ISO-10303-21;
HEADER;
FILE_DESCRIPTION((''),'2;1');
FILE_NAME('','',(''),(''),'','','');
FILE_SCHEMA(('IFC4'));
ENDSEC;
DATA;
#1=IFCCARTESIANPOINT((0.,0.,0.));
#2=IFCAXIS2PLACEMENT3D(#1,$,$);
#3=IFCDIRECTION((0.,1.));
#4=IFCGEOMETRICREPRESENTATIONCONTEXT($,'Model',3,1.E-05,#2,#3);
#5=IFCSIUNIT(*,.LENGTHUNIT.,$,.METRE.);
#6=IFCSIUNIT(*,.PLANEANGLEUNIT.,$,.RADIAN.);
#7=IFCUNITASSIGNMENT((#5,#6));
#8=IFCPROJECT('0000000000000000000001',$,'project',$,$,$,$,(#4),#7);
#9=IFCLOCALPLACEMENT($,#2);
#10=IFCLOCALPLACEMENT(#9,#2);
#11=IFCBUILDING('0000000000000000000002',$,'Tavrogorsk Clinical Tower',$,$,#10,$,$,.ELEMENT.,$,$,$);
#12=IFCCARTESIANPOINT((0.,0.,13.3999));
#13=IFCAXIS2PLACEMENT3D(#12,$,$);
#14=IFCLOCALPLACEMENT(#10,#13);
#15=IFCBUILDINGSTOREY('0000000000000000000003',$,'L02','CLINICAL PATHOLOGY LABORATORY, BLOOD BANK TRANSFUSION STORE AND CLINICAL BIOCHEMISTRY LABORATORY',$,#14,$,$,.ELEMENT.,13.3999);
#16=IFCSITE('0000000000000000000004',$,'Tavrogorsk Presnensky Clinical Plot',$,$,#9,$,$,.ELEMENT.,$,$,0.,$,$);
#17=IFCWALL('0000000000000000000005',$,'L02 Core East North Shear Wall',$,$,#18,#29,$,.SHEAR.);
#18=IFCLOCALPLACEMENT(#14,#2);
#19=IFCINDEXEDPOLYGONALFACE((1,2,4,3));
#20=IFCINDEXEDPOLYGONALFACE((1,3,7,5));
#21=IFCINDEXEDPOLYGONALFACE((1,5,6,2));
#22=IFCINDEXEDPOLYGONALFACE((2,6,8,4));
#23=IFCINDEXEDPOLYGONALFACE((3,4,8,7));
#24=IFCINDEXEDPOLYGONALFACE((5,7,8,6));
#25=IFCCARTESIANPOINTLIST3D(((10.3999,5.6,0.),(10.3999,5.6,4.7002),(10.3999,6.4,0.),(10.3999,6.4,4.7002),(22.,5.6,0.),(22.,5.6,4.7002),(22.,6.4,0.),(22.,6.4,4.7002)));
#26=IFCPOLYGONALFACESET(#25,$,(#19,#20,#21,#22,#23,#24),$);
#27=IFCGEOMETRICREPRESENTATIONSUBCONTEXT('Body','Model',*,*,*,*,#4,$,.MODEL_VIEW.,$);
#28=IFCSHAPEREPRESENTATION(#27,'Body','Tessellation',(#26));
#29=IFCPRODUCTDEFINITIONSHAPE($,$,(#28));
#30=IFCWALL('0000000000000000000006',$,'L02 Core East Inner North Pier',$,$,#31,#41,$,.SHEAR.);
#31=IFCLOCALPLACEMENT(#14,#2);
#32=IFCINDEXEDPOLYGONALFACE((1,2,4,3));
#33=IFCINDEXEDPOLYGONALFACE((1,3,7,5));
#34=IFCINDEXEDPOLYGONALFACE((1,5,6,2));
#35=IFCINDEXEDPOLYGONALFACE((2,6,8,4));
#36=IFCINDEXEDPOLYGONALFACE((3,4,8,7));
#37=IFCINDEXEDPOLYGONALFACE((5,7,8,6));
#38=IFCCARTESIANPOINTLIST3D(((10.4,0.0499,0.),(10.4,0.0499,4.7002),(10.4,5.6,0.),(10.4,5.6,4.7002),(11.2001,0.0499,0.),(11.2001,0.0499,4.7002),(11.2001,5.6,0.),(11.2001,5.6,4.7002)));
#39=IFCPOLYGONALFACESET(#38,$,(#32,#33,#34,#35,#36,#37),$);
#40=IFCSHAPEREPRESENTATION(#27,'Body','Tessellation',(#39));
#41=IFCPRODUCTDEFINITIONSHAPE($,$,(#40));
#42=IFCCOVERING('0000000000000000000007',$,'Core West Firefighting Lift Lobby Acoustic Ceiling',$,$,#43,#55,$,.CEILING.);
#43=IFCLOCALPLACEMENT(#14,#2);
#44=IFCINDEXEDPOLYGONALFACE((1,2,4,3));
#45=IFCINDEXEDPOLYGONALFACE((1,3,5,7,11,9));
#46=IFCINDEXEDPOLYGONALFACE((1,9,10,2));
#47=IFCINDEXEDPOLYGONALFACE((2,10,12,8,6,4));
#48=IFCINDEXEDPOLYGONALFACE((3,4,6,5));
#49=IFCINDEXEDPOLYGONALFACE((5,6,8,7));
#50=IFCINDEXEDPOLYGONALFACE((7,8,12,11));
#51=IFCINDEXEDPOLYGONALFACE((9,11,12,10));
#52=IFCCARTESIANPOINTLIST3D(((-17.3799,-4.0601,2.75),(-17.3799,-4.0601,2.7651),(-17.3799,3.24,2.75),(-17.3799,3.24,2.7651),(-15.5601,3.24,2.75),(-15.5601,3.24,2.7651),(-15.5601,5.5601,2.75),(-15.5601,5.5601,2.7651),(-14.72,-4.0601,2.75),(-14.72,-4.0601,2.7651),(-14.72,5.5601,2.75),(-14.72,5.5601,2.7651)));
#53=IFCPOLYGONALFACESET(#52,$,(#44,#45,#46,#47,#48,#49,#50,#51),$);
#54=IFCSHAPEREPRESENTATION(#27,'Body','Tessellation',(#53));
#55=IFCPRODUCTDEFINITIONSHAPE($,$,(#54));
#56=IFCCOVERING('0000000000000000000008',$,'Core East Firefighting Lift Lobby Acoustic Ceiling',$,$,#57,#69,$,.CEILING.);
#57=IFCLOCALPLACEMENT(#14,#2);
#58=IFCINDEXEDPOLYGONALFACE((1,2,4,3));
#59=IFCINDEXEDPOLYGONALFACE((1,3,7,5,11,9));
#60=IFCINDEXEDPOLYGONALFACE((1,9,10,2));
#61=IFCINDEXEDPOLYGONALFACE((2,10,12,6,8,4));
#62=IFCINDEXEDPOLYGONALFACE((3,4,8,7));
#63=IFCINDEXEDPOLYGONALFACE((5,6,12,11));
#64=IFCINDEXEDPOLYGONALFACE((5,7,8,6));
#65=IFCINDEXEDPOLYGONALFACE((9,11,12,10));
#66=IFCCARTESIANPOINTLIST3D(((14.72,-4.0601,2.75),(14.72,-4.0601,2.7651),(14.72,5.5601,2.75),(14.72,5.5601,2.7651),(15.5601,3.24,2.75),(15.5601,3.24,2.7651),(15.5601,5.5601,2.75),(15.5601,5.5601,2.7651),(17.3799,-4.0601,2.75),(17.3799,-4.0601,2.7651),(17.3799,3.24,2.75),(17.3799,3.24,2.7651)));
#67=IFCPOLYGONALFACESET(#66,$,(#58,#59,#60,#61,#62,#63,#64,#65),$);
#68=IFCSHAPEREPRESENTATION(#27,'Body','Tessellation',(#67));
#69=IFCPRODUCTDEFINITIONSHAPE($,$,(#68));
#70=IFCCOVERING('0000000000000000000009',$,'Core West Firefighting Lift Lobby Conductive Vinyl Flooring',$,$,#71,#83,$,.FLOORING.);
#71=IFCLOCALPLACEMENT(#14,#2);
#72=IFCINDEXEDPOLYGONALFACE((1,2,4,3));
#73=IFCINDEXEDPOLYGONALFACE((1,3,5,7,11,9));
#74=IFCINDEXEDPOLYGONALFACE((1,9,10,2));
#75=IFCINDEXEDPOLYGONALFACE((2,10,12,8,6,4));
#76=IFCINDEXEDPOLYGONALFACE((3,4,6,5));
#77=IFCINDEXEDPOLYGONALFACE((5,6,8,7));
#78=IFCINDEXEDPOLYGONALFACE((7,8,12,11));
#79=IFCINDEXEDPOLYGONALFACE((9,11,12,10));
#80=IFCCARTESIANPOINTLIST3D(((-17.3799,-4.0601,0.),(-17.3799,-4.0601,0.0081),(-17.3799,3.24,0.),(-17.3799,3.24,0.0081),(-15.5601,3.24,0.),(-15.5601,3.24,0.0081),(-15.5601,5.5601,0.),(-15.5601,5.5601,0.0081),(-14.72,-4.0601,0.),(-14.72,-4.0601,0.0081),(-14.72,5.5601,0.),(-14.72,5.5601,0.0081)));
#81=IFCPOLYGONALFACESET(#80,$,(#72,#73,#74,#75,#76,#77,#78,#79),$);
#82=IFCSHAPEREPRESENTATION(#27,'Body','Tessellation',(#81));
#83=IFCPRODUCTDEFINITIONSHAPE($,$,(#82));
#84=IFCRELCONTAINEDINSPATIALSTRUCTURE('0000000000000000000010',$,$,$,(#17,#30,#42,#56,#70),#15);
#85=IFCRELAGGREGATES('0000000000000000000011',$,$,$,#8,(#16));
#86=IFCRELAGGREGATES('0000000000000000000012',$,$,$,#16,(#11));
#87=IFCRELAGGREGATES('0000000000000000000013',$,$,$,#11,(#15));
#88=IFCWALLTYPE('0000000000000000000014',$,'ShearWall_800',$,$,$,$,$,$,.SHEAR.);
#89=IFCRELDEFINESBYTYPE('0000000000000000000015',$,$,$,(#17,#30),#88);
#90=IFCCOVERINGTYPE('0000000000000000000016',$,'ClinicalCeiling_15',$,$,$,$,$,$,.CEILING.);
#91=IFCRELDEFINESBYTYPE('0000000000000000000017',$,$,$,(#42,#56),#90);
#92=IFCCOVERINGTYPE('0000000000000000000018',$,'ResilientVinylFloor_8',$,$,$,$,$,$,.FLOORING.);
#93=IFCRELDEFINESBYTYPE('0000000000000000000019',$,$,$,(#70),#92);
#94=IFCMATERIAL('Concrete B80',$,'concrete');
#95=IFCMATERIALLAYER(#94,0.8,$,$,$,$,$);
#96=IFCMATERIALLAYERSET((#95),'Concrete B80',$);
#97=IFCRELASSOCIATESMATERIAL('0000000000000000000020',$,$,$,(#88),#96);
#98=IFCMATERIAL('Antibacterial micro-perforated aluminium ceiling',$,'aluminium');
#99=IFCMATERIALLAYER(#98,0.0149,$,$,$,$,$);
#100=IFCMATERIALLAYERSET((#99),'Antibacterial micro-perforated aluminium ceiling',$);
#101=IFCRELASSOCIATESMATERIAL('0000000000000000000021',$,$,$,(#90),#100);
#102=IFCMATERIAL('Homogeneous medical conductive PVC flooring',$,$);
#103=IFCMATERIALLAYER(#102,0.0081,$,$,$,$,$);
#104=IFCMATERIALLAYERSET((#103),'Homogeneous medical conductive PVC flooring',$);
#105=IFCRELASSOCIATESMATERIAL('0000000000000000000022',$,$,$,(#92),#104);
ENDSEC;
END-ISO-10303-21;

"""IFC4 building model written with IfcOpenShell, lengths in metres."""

from ifc_helpers import new_model, si_unit, direction, frame, frame_2d, origin, place, context, subcontext, project, spatial, polyline, rectangle, outline, extrude, material, layer, layer_set, type_object, element, save


model = new_model("IFC4")

# Units and contexts
model_context = context("Model", 3, precision=1e-05, world=origin(), true_north=direction((0.0, 1.0)))
body_context = subcontext(model_context, "Body", "Model", "MODEL_VIEW")
ifc_project = project(units=[si_unit("LENGTHUNIT", "METRE"), si_unit("PLANEANGLEUNIT", "RADIAN")], contexts=[model_context])

# Site, building, storey
site_placement = place(None, origin())
site = spatial("IfcSite", under=ifc_project, at=site_placement, Name="Tavrogorsk Presnensky Clinical Plot", CompositionType="ELEMENT", RefElevation=0.0)
building_placement = place(site_placement, origin())
building = spatial("IfcBuilding", under=site, at=building_placement, Name="Tavrogorsk Clinical Tower", CompositionType="ELEMENT")
storey_placement = place(building_placement, frame((0.0, 0.0, 13.3999)))
storey = spatial("IfcBuildingStorey", under=building, at=storey_placement, Name="L02", Description="CLINICAL PATHOLOGY LABORATORY, BLOOD BANK TRANSFUSION STORE AND CLINICAL BIOCHEMISTRY LABORATORY", CompositionType="ELEMENT", Elevation=13.3999)

# Walls
ifc_material_1 = material(Name="Concrete B80", Category="concrete")
ifc_layer_1 = layer(ifc_material_1, 0.8)
ifc_layer_set_1 = layer_set([ifc_layer_1], Name="Concrete B80")
wall_type_1 = type_object("IfcWallType", Name="ShearWall_800", PredefinedType="SHEAR", material=ifc_layer_set_1)
wall_1_placement = place(storey_placement, frame((10.3999, 6.0, 0.0), z_axis=(0.0, 0.0, 1.0), x_axis=(1.0, 0.0, 0.0)))
element("IfcWall", 1, at=wall_1_placement, inside=storey, type_object=wall_type_1, Name="L02 Core East North Shear Wall", PredefinedType="SHEAR", context=body_context, shape_type="SweptSolid", body=[
    extrude(rectangle(XDim=11.6001, YDim=0.8, at=frame_2d((5.8, 0.0))), origin(), (0.0, 0.0, 1.0), 4.7002),
])
wall_2_placement = place(storey_placement, frame((10.8, 0.05, 0.0), z_axis=(0.0, 0.0, 1.0), x_axis=(0.0, 1.0, 0.0)))
element("IfcWall", 2, at=wall_2_placement, inside=storey, type_object=wall_type_1, Name="L02 Core East Inner North Pier", PredefinedType="SHEAR", context=body_context, shape_type="SweptSolid", body=[
    extrude(rectangle(XDim=5.55, YDim=0.8, at=frame_2d((2.7749, 0.0))), origin(), (0.0, 0.0, 1.0), 4.7002),
])

# Coverings
ifc_material_2 = material(Name="Antibacterial micro-perforated aluminium ceiling", Category="aluminium")
ifc_layer_2 = layer(ifc_material_2, 0.0149)
ifc_layer_set_2 = layer_set([ifc_layer_2], Name="Antibacterial micro-perforated aluminium ceiling")
covering_type_1 = type_object("IfcCoveringType", Name="ClinicalCeiling_15", PredefinedType="CEILING", material=ifc_layer_set_2)
covering_1_placement = place(storey_placement, frame((0.0, 0.0, 2.75)))
element("IfcCovering", 3, at=covering_1_placement, inside=storey, type_object=covering_type_1, Name="Core West Firefighting Lift Lobby Acoustic Ceiling", PredefinedType="CEILING", context=body_context, shape_type="SweptSolid", body=[
    extrude(outline(polyline([(-14.72, 5.5601), (-14.72, -4.0601), (-17.3799, -4.0601), (-17.3799, 3.24), (-15.5601, 3.24), (-15.5601, 5.5601), (-14.72, 5.5601)])), origin(), (0.0, 0.0, 1.0), 0.0151),
])
covering_2_placement = place(storey_placement, frame((0.0, 0.0, 2.75)))
element("IfcCovering", 4, at=covering_2_placement, inside=storey, type_object=covering_type_1, Name="Core East Firefighting Lift Lobby Acoustic Ceiling", PredefinedType="CEILING", context=body_context, shape_type="SweptSolid", body=[
    extrude(outline(polyline([(17.3799, -4.0601), (14.72, -4.0601), (14.72, 5.5601), (15.5601, 5.5601), (15.5601, 3.24), (17.3799, 3.24), (17.3799, -4.0601)])), origin(), (0.0, 0.0, 1.0), 0.0151),
])
ifc_material_3 = material(Name="Homogeneous medical conductive PVC flooring")
ifc_layer_3 = layer(ifc_material_3, 0.0081)
ifc_layer_set_3 = layer_set([ifc_layer_3], Name="Homogeneous medical conductive PVC flooring")
covering_type_2 = type_object("IfcCoveringType", Name="ResilientVinylFloor_8", PredefinedType="FLOORING", material=ifc_layer_set_3)
covering_3_placement = place(storey_placement, origin())
element("IfcCovering", 5, at=covering_3_placement, inside=storey, type_object=covering_type_2, Name="Core West Firefighting Lift Lobby Conductive Vinyl Flooring", PredefinedType="FLOORING", context=body_context, shape_type="SweptSolid", body=[
    extrude(outline(polyline([(-14.72, 5.5601), (-14.72, -4.0601), (-17.3799, -4.0601), (-17.3799, 3.24), (-15.5601, 3.24), (-15.5601, 5.5601), (-14.72, 5.5601)])), origin(), (0.0, 0.0, 1.0), 0.0081),
])

save(model, "model.ifc")
